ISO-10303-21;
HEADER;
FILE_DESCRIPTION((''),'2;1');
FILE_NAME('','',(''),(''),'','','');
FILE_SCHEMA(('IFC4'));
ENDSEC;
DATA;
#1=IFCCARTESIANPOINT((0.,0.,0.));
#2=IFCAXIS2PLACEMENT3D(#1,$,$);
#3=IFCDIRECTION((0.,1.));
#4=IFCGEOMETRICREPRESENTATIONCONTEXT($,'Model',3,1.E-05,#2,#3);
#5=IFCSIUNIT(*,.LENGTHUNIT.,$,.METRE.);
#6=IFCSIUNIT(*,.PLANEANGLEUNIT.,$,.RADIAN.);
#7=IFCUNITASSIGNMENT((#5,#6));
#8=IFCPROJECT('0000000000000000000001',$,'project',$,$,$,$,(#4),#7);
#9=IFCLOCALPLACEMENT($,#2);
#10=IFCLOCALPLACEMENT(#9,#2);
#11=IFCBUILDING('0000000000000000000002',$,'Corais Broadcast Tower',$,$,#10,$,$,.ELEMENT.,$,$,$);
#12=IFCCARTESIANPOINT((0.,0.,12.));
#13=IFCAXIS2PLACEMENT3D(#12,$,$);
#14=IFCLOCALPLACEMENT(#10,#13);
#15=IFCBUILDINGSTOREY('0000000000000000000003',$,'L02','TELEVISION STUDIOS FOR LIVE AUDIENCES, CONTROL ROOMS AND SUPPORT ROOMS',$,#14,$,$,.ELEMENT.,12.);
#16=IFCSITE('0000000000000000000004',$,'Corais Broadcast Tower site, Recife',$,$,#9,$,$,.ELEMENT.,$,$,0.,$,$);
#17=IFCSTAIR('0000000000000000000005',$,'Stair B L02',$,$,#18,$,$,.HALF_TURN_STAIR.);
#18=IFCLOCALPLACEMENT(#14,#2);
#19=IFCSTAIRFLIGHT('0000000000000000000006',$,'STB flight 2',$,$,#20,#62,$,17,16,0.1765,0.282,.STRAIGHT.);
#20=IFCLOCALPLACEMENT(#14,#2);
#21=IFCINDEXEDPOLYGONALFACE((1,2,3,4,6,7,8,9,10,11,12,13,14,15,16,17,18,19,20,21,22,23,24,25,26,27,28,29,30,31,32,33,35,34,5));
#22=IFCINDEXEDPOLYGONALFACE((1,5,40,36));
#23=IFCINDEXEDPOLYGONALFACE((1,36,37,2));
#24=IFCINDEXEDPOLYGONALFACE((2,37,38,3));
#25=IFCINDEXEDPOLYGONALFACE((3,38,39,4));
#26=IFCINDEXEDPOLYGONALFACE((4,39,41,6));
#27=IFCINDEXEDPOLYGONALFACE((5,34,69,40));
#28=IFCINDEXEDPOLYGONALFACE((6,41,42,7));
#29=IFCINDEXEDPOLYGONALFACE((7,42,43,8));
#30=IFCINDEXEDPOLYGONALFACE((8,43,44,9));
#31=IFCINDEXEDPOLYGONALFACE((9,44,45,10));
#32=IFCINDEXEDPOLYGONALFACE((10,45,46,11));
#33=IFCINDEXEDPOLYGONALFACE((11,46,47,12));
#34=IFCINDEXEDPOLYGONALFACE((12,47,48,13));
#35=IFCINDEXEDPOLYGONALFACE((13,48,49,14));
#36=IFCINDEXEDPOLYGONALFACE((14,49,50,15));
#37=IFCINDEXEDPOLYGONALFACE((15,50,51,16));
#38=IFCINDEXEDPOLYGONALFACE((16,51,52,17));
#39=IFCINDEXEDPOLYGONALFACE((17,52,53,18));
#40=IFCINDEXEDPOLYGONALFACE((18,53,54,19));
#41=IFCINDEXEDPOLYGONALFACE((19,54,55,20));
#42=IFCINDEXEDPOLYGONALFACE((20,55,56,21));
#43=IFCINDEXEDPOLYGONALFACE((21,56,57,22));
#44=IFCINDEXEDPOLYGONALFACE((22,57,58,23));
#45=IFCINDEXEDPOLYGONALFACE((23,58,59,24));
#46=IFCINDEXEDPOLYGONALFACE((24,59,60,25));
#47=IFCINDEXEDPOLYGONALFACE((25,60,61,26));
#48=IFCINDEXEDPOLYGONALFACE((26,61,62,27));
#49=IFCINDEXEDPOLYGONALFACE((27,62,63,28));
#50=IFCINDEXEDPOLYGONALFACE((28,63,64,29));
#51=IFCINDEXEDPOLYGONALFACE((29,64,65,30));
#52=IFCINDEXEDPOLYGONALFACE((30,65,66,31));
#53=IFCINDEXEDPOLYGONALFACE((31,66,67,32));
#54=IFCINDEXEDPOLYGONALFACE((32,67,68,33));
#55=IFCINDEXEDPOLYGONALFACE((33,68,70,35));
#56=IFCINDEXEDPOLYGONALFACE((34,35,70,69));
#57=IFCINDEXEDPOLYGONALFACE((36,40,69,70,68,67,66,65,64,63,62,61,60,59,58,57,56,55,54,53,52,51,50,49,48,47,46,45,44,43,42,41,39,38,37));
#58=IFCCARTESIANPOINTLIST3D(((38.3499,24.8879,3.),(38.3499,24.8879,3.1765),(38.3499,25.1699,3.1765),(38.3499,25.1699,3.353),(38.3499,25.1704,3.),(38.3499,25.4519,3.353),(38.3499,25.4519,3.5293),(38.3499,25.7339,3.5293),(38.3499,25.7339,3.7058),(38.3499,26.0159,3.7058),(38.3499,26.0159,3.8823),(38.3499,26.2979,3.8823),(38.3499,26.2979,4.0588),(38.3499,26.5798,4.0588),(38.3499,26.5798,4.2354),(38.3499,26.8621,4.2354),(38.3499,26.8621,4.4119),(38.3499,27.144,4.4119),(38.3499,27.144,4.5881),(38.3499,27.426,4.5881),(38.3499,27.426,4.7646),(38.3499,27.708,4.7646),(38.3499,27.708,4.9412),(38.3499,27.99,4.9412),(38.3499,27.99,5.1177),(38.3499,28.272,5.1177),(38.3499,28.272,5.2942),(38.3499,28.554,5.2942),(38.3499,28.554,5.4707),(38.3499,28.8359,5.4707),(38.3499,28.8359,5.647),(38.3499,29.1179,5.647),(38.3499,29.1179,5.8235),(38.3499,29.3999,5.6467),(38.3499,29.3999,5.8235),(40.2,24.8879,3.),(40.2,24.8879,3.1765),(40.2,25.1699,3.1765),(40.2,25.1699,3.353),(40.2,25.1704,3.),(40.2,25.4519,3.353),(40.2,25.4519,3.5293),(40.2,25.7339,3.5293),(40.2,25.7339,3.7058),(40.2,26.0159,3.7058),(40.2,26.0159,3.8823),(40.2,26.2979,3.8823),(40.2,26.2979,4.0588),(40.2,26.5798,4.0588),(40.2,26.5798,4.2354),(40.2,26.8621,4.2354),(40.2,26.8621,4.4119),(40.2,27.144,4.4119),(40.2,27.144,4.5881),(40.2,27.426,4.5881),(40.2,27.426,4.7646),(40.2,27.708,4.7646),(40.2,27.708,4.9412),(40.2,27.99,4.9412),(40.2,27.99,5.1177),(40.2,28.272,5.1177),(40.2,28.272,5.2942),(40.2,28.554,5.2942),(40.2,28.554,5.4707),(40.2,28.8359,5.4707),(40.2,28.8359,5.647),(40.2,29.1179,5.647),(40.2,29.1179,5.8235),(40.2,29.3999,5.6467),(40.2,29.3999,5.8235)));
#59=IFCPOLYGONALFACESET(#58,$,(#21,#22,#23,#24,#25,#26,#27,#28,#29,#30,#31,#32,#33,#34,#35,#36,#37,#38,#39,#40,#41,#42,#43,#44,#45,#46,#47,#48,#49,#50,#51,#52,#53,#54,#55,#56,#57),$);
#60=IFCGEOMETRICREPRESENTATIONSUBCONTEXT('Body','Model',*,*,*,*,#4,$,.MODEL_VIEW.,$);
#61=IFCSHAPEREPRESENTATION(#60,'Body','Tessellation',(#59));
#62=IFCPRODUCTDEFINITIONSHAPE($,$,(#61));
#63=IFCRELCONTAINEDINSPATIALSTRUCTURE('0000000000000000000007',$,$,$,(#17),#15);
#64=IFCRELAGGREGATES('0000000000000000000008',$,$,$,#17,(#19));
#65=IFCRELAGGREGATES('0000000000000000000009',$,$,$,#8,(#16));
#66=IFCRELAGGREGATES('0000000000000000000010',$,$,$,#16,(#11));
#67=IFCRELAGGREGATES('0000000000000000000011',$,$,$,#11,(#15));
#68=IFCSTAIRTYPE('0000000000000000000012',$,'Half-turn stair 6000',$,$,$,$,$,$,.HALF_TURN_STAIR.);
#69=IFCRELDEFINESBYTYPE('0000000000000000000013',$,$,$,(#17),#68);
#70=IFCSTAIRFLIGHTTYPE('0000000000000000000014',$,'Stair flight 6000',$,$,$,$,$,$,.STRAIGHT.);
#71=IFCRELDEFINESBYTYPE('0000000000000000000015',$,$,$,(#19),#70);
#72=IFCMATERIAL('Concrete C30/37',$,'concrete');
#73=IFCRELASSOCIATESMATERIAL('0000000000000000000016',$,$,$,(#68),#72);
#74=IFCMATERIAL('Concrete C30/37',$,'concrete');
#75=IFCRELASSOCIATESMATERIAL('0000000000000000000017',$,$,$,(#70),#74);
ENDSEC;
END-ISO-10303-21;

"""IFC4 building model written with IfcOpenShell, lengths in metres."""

from ifc_helpers import new_model, si_unit, direction, frame, origin, place, context, subcontext, project, spatial, polyline, outline, extrude, material, type_object, element, aggregate, save


model = new_model("IFC4")

# Units and contexts
model_context = context("Model", 3, precision=1e-05, world=origin(), true_north=direction((0.0, 1.0)))
body_context = subcontext(model_context, "Body", "Model", "MODEL_VIEW")
ifc_project = project(units=[si_unit("LENGTHUNIT", "METRE"), si_unit("PLANEANGLEUNIT", "RADIAN")], contexts=[model_context])

# Site, building, storey
site_placement = place(None, origin())
site = spatial("IfcSite", under=ifc_project, at=site_placement, Name="Corais Broadcast Tower site, Recife", CompositionType="ELEMENT", RefElevation=0.0)
building_placement = place(site_placement, origin())
building = spatial("IfcBuilding", under=site, at=building_placement, Name="Corais Broadcast Tower", CompositionType="ELEMENT")
storey_placement = place(building_placement, frame((0.0, 0.0, 12.0)))
storey = spatial("IfcBuildingStorey", under=building, at=storey_placement, Name="L02", Description="TELEVISION STUDIOS FOR LIVE AUDIENCES, CONTROL ROOMS AND SUPPORT ROOMS", CompositionType="ELEMENT", Elevation=12.0)

# Stair, stair flight
ifc_material_1 = material(Name="Concrete C30/37", Category="concrete")
stair_type = type_object("IfcStairType", Name="Half-turn stair 6000", PredefinedType="HALF_TURN_STAIR", material=ifc_material_1)
stair_placement = place(storey_placement, origin())
stair = element("IfcStair", 1, at=stair_placement, inside=storey, type_object=stair_type, Name="Stair B L02", PredefinedType="HALF_TURN_STAIR")
ifc_material_2 = material(Name="Concrete C30/37", Category="concrete")
stair_flight_type = type_object("IfcStairFlightType", Name="Stair flight 6000", PredefinedType="STRAIGHT", material=ifc_material_2)
stair_flight_placement = place(storey_placement, frame((39.2749, 24.8879, 3.0), z_axis=(0.0, 0.0, 1.0), x_axis=(0.0, 1.0, 0.0)))
stair_flight = element("IfcStairFlight", 2, at=stair_flight_placement, type_object=stair_flight_type, Name="STB flight 2", NumberOfRisers=17, NumberOfTreads=16, PredefinedType="STRAIGHT", RiserHeight=0.1765, TreadLength=0.282, context=body_context, shape_type="SweptSolid", body=[
    extrude(outline(polyline([(0.0, 0.0), (0.0, 0.1765), (0.282, 0.1765), (0.282, 0.353), (0.564, 0.353), (0.564, 0.5293), (0.8459, 0.5293), (0.8459, 0.7058), (1.1279, 0.7058), (1.1279, 0.8823), (1.4099, 0.8823), (1.4099, 1.0588), (1.6919, 1.0588), (1.6919, 1.2354), (1.9741, 1.2354), (1.9741, 1.4119), (2.2561, 1.4119), (2.2561, 1.5881), (2.5381, 1.5881), (2.5381, 1.7646), (2.8201, 1.7646), (2.8201, 1.9412), (3.1021, 1.9412), (3.1021, 2.1177), (3.384, 2.1177), (3.384, 2.2942), (3.666, 2.2942), (3.666, 2.4707), (3.948, 2.4707), (3.948, 2.647), (4.23, 2.647), (4.23, 2.8235), (4.512, 2.8235), (4.512, 3.0), (4.512, 2.6467), (0.2825, 0.0), (0.0, 0.0)])), frame((0.0, 0.925, 0.0), z_axis=(0.0, -1.0, 0.0), x_axis=(1.0, 0.0, 0.0)), (0.0, 0.0, 1.0), 1.8501),
])
aggregate(stair, [stair_flight])

save(model, "model.ifc")
